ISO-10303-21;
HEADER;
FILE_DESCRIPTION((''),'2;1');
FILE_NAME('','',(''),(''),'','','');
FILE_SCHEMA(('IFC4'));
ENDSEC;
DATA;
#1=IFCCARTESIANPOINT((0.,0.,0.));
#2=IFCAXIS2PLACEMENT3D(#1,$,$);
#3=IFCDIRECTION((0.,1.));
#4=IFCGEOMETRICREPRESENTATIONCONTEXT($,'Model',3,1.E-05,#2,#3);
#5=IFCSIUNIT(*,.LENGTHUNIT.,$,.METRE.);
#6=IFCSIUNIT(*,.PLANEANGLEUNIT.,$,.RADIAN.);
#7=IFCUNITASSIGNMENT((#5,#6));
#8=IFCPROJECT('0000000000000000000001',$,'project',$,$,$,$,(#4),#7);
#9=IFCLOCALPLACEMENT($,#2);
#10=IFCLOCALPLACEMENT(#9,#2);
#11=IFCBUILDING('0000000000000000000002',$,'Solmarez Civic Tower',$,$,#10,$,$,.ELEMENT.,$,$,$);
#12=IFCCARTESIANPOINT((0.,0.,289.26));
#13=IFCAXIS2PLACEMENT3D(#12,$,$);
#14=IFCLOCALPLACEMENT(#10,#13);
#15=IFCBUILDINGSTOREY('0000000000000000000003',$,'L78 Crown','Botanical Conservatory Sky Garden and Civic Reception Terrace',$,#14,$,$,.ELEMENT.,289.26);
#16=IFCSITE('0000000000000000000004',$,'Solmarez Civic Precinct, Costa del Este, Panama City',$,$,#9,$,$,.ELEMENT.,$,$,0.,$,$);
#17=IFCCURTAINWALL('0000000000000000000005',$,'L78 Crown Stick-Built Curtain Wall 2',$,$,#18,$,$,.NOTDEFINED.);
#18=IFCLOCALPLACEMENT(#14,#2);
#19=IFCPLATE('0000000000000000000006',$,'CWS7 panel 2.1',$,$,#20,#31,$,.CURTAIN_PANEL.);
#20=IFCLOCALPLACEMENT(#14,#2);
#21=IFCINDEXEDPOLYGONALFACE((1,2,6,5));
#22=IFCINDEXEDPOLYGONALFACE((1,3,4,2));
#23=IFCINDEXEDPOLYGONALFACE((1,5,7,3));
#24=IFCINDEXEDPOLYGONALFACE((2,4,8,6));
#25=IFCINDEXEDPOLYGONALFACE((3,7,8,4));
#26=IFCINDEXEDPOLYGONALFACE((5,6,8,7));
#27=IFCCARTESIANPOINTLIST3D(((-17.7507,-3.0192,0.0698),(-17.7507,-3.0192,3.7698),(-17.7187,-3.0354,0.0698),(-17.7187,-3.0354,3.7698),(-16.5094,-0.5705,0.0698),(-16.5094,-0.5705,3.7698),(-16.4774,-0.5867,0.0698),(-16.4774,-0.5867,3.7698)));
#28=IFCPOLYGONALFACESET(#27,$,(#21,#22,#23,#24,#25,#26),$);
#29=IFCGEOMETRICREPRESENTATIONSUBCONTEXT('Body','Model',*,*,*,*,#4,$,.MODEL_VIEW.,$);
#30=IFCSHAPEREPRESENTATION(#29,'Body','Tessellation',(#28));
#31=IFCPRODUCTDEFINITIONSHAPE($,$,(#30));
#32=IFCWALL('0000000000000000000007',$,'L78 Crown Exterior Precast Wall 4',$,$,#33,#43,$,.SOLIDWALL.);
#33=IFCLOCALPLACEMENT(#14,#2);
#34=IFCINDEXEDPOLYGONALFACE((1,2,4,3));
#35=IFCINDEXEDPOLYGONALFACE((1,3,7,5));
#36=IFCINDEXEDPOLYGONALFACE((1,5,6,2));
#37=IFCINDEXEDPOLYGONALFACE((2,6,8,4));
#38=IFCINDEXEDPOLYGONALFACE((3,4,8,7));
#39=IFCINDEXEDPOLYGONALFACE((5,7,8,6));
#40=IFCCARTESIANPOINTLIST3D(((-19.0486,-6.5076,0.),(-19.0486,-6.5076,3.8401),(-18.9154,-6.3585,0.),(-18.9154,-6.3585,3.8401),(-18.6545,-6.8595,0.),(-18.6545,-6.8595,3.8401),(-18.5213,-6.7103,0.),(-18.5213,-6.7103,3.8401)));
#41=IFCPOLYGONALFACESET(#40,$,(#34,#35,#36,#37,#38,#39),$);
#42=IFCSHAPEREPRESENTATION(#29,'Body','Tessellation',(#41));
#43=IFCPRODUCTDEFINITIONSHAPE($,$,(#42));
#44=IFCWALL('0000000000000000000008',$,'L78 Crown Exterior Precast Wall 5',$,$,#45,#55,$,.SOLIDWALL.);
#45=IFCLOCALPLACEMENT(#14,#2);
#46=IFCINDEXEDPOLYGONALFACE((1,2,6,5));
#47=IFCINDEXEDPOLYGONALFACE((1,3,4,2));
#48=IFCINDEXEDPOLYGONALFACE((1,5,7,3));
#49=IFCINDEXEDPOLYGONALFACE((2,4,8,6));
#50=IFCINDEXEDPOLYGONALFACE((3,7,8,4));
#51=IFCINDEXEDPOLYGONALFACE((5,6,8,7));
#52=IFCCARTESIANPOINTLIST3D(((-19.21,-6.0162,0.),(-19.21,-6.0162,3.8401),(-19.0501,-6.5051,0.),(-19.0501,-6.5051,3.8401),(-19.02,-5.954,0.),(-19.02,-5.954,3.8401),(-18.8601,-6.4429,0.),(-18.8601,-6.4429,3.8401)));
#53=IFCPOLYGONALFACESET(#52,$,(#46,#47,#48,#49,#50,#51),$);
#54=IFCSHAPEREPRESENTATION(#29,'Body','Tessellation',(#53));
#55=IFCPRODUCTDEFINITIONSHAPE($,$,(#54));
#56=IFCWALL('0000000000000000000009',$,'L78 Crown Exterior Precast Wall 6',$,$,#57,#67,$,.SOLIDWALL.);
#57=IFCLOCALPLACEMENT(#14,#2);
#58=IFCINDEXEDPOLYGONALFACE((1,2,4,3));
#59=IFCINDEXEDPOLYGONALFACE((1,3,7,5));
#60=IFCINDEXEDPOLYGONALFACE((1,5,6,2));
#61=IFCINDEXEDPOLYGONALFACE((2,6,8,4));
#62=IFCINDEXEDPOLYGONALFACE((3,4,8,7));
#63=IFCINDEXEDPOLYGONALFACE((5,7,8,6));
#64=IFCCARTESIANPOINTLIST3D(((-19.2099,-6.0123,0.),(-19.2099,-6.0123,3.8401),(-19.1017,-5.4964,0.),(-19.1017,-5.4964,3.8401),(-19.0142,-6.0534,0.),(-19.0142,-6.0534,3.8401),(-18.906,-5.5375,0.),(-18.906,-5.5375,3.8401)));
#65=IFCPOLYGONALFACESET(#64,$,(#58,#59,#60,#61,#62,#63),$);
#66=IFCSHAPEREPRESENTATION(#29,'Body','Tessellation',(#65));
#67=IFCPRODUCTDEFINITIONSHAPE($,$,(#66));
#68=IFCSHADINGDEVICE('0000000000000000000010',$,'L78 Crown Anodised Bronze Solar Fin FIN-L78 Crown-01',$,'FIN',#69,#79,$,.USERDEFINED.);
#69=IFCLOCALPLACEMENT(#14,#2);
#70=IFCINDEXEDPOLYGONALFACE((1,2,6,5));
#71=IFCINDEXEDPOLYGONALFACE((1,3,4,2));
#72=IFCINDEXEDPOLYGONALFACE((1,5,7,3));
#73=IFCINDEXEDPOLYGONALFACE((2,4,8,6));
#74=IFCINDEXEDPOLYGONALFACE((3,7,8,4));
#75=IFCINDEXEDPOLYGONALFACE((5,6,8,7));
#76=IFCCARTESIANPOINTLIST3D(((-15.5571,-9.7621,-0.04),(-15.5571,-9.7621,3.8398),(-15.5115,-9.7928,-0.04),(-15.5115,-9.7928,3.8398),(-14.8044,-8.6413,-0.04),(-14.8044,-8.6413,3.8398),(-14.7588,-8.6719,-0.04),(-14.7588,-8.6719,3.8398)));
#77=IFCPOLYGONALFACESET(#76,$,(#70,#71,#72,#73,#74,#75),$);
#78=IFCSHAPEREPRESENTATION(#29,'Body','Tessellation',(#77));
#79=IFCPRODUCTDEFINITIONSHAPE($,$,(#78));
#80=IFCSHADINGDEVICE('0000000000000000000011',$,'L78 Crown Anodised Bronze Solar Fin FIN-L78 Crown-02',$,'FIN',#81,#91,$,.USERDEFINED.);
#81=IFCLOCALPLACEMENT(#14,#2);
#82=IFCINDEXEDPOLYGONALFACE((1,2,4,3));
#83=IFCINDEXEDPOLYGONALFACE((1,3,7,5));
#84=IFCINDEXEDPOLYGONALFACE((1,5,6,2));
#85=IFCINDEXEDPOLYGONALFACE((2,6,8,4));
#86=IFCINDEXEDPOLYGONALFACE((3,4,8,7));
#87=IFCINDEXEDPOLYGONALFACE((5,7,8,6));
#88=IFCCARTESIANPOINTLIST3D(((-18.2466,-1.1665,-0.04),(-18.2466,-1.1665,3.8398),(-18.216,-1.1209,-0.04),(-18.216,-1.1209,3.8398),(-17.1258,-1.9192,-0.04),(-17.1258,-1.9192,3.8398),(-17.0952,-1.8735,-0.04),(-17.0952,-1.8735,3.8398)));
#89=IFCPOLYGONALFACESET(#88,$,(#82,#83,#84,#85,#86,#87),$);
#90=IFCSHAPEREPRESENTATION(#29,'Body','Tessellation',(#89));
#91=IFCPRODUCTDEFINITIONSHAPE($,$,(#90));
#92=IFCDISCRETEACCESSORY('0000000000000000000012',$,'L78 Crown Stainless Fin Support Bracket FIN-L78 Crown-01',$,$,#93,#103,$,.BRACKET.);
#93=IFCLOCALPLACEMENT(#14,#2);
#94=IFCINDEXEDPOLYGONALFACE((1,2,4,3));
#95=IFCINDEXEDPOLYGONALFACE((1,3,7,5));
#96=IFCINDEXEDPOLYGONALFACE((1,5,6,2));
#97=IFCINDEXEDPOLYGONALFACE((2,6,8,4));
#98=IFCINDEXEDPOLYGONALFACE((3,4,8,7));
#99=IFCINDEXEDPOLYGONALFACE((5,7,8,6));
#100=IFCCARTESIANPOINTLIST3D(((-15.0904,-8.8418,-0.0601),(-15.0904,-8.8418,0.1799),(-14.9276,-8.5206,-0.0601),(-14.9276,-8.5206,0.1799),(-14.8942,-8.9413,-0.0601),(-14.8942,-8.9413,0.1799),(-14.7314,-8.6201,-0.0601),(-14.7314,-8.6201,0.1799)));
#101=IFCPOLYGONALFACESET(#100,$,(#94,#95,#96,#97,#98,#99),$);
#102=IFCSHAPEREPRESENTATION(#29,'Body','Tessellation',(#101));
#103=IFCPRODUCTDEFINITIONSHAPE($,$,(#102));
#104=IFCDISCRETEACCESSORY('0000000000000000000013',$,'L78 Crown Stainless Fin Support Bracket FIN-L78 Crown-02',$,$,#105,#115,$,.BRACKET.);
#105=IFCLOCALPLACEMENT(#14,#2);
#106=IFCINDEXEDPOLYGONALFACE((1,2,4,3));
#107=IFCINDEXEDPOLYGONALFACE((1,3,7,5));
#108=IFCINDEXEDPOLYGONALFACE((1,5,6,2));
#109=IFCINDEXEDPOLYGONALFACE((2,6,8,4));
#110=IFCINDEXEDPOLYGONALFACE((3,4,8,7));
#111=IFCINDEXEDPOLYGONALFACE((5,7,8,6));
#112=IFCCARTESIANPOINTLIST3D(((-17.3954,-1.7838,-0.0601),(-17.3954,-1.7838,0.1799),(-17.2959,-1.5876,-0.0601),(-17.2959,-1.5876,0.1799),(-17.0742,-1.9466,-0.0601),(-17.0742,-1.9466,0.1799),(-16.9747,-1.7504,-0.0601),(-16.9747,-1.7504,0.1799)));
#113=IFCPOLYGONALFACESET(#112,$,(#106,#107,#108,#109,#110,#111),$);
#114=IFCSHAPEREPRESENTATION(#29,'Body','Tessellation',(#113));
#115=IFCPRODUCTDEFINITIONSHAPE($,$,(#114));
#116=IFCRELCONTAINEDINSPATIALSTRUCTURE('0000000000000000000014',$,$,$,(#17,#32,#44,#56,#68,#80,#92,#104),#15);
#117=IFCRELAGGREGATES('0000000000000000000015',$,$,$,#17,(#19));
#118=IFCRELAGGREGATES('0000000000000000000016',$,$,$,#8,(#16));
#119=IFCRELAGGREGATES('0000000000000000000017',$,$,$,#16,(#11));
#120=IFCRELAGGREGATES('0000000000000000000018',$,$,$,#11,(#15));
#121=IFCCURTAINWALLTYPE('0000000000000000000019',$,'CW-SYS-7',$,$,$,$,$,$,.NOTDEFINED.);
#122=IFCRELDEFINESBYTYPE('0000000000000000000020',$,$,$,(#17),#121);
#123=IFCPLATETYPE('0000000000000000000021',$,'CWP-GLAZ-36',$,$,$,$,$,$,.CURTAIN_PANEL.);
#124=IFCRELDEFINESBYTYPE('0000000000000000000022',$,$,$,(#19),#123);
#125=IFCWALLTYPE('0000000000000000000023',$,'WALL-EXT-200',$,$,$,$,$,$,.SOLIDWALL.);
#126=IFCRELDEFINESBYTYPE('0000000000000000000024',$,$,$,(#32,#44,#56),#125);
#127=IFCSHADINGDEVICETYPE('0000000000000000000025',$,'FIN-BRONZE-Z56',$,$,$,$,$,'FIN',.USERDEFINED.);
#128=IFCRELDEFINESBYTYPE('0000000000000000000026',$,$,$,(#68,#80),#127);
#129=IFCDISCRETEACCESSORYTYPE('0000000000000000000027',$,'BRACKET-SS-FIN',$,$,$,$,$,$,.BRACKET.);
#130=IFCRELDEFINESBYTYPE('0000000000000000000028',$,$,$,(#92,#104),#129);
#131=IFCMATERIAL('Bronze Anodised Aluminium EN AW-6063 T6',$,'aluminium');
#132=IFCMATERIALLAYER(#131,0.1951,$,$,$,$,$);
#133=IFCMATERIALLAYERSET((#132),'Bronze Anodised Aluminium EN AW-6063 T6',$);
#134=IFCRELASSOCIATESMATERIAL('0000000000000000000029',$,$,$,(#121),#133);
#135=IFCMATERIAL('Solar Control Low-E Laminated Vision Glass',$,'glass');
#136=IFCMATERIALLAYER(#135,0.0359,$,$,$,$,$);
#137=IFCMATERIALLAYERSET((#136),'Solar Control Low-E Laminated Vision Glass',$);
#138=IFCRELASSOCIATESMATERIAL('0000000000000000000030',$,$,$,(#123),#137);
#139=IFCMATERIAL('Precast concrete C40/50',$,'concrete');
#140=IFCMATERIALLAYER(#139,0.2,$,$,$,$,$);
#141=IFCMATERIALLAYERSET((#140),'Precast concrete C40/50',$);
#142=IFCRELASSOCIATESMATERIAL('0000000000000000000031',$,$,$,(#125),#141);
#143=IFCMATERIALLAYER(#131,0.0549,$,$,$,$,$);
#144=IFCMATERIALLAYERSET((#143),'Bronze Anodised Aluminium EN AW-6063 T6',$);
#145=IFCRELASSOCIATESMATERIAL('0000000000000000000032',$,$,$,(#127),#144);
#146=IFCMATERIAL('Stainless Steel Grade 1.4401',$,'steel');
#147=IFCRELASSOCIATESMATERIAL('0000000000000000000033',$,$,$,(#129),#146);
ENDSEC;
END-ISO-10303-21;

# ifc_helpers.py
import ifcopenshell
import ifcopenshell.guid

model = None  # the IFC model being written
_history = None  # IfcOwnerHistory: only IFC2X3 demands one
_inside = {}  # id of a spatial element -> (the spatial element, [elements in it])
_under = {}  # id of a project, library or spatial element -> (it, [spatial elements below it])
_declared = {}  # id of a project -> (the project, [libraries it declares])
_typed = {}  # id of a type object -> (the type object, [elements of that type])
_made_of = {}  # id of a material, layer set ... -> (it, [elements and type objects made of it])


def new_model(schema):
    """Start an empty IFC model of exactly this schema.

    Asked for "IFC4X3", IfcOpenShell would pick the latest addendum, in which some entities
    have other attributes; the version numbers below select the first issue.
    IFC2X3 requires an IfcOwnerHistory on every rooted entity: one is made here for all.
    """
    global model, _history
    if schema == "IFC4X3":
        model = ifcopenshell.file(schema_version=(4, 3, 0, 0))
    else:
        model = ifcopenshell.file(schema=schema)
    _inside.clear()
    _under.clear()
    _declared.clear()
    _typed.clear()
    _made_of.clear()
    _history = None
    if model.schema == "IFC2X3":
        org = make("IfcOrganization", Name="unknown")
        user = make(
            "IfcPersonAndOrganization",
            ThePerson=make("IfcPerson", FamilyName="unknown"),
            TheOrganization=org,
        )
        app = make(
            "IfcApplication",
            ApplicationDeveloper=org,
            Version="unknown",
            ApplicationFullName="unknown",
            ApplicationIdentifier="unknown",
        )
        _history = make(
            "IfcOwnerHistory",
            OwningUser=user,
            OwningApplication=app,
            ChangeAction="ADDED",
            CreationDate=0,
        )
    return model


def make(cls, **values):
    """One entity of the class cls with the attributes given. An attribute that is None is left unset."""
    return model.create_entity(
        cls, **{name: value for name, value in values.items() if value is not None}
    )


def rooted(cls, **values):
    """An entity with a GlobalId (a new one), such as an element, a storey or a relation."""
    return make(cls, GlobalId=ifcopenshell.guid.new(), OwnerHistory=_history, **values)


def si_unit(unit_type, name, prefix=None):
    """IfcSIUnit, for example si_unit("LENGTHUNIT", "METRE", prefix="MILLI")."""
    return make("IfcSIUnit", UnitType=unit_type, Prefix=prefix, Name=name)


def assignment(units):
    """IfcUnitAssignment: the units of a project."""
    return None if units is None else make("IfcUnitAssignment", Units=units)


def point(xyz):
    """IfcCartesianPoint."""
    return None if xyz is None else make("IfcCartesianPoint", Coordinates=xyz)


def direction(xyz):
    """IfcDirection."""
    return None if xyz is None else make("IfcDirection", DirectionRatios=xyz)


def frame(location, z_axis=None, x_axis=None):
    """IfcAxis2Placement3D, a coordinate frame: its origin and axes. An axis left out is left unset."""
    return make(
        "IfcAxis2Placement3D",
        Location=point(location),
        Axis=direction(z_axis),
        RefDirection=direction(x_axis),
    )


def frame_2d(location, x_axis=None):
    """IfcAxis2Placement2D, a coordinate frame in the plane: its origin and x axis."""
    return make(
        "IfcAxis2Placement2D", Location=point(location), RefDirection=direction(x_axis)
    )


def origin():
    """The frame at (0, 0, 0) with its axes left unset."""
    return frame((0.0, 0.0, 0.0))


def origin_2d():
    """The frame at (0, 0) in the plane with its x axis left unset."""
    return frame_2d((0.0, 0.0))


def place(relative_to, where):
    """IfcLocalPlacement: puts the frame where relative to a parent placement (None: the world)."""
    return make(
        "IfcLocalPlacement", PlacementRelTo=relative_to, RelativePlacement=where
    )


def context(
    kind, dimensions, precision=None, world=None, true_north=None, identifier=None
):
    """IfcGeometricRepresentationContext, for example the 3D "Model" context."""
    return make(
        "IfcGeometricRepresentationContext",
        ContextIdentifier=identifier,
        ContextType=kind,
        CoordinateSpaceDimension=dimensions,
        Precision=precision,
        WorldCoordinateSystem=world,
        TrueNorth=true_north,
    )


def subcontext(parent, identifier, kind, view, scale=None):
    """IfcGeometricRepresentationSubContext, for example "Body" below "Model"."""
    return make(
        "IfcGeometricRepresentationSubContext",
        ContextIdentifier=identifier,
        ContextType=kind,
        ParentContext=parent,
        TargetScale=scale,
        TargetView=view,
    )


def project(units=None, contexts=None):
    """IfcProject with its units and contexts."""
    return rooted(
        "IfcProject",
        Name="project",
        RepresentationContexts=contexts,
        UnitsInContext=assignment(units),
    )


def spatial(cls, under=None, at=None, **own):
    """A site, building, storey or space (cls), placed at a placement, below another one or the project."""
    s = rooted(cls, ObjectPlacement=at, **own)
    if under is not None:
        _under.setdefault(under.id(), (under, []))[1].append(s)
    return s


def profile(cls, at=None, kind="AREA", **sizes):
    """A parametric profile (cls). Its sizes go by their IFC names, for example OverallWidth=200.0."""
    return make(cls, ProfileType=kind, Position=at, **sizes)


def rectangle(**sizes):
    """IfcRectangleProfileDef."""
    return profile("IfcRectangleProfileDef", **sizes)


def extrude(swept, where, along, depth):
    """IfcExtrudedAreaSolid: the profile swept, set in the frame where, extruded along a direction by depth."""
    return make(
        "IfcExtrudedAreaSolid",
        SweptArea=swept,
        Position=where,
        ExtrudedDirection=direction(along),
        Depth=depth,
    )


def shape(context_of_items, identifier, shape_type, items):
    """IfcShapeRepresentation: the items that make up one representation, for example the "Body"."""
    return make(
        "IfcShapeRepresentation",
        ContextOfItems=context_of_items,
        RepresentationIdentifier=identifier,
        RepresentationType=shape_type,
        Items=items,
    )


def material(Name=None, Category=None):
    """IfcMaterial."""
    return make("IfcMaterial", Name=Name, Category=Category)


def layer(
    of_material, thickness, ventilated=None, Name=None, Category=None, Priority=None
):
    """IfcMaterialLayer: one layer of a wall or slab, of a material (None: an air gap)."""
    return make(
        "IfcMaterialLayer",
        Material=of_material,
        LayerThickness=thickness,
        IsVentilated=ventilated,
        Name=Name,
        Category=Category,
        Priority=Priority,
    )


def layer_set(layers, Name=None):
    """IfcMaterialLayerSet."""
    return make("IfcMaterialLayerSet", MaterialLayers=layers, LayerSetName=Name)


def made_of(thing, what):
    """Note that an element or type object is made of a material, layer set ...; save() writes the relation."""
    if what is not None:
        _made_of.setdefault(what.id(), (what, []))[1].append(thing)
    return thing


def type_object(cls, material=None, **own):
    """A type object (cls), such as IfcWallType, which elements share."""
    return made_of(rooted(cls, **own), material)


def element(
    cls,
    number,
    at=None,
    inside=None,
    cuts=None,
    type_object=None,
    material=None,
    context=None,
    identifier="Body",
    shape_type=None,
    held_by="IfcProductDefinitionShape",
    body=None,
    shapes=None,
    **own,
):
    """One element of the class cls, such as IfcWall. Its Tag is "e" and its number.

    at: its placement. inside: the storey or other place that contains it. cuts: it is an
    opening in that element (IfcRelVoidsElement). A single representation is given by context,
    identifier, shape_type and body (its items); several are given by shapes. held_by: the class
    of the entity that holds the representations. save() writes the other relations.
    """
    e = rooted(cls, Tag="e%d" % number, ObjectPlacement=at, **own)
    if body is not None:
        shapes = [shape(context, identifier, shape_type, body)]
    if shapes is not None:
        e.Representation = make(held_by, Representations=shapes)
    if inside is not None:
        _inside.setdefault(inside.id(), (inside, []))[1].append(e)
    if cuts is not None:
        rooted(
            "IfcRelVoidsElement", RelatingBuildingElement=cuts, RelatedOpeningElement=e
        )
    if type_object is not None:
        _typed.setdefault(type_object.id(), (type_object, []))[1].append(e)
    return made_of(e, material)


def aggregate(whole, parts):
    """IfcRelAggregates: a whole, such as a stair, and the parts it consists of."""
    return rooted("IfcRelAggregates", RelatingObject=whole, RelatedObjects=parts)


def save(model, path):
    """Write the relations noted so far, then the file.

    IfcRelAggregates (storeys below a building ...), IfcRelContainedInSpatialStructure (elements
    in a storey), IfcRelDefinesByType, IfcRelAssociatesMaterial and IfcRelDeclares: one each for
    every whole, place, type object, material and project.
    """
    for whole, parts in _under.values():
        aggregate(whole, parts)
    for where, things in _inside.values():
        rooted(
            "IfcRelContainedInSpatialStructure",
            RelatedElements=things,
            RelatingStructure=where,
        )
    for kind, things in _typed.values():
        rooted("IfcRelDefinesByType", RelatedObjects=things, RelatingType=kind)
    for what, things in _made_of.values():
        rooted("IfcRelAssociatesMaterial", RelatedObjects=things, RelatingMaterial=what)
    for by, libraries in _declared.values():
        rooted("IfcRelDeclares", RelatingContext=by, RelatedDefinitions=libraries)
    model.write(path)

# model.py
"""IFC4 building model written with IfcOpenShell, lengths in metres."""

from ifc_helpers import new_model, si_unit, direction, frame, frame_2d, origin, origin_2d, place, context, subcontext, project, spatial, rectangle, extrude, material, layer, layer_set, type_object, element, aggregate, save


model = new_model("IFC4")

# Units and contexts
model_context = context("Model", 3, precision=1e-05, world=origin(), true_north=direction((0.0, 1.0)))
body_context = subcontext(model_context, "Body", "Model", "MODEL_VIEW")
ifc_project = project(units=[si_unit("LENGTHUNIT", "METRE"), si_unit("PLANEANGLEUNIT", "RADIAN")], contexts=[model_context])

# Site, building, storey
site_placement = place(None, origin())
site = spatial("IfcSite", under=ifc_project, at=site_placement, Name="Solmarez Civic Precinct, Costa del Este, Panama City", CompositionType="ELEMENT", RefElevation=0.0)
building_placement = place(site_placement, origin())
building = spatial("IfcBuilding", under=site, at=building_placement, Name="Solmarez Civic Tower", CompositionType="ELEMENT")
storey_placement = place(building_placement, frame((0.0, 0.0, 289.26)))
storey = spatial("IfcBuildingStorey", under=building, at=storey_placement, Name="L78 Crown", Description="Botanical Conservatory Sky Garden and Civic Reception Terrace", CompositionType="ELEMENT", Elevation=289.26)

# Curtain wall
ifc_material_1 = material(Name="Bronze Anodised Aluminium EN AW-6063 T6", Category="aluminium")
ifc_layer_1 = layer(ifc_material_1, 0.1951)
ifc_layer_set_1 = layer_set([ifc_layer_1], Name="Bronze Anodised Aluminium EN AW-6063 T6")
curtain_wall_type = type_object("IfcCurtainWallType", Name="CW-SYS-7", PredefinedType="NOTDEFINED", material=ifc_layer_set_1)
curtain_wall_1_placement = place(storey_placement, origin())
curtain_wall_1 = element("IfcCurtainWall", 1, at=curtain_wall_1_placement, inside=storey, type_object=curtain_wall_type, Name="L78 Crown Stick-Built Curtain Wall 2", PredefinedType="NOTDEFINED")

# Plate
ifc_material_2 = material(Name="Solar Control Low-E Laminated Vision Glass", Category="glass")
ifc_layer_2 = layer(ifc_material_2, 0.0359)
ifc_layer_set_2 = layer_set([ifc_layer_2], Name="Solar Control Low-E Laminated Vision Glass")
plate_type = type_object("IfcPlateType", Name="CWP-GLAZ-36", PredefinedType="CURTAIN_PANEL", material=ifc_layer_set_2)
plate_1_placement = place(storey_placement, frame((-17.114, -1.803, 0.0698), z_axis=(0.0, 0.0, 1.0), x_axis=(0.452141, 0.891946, 0.0)))
plate_1 = element("IfcPlate", 2, at=plate_1_placement, type_object=plate_type, Name="CWS7 panel 2.1", PredefinedType="CURTAIN_PANEL", context=body_context, shape_type="SweptSolid", body=[
    extrude(rectangle(XDim=2.7454, YDim=0.0359, at=origin_2d()), origin(), (0.0, 0.0, 1.0), 3.7),
])
aggregate(curtain_wall_1, [plate_1])

# Walls
ifc_material_3 = material(Name="Precast concrete C40/50", Category="concrete")
ifc_layer_3 = layer(ifc_material_3, 0.2)
ifc_layer_set_3 = layer_set([ifc_layer_3], Name="Precast concrete C40/50")
wall_type = type_object("IfcWallType", Name="WALL-EXT-200", PredefinedType="SOLIDWALL", material=ifc_layer_set_3)
wall_1_placement = place(storey_placement, frame((-18.5879, -6.7849, 0.0), z_axis=(0.0, 0.0, 1.0), x_axis=(-0.745954, 0.665997, 0.0)))
element("IfcWall", 3, at=wall_1_placement, inside=storey, type_object=wall_type, Name="L78 Crown Exterior Precast Wall 4", PredefinedType="SOLIDWALL", context=body_context, shape_type="SweptSolid", body=[
    extrude(rectangle(XDim=0.5283, YDim=0.2, at=frame_2d((0.2642, 0.0))), origin(), (0.0, 0.0, 1.0), 3.8401),
])
wall_2_placement = place(storey_placement, frame((-18.9551, -6.4741, 0.0), z_axis=(0.0, 0.0, 1.0), x_axis=(-0.310813, 0.950471, 0.0)))
element("IfcWall", 4, at=wall_2_placement, inside=storey, type_object=wall_type, Name="L78 Crown Exterior Precast Wall 5", PredefinedType="SOLIDWALL", context=body_context, shape_type="SweptSolid", body=[
    extrude(rectangle(XDim=0.5144, YDim=0.2, at=frame_2d((0.2573, 0.0))), origin(), (0.0, 0.0, 1.0), 3.8401),
])
wall_3_placement = place(storey_placement, frame((-19.1121, -6.033, 0.0), z_axis=(0.0, 0.0, 1.0), x_axis=(0.205193, 0.978721, 0.0)))
element("IfcWall", 5, at=wall_3_placement, inside=storey, type_object=wall_type, Name="L78 Crown Exterior Precast Wall 6", PredefinedType="SOLIDWALL", context=body_context, shape_type="SweptSolid", body=[
    extrude(rectangle(XDim=0.5271, YDim=0.2, at=frame_2d((0.2637, 0.0))), origin(), (0.0, 0.0, 1.0), 3.8401),
])

# Shading devices
ifc_layer_4 = layer(ifc_material_1, 0.0549)
ifc_layer_set_4 = layer_set([ifc_layer_4], Name="Bronze Anodised Aluminium EN AW-6063 T6")
shading_device_type = type_object("IfcShadingDeviceType", Name="FIN-BRONZE-Z56", ElementType="FIN", PredefinedType="USERDEFINED", material=ifc_layer_set_4)
for number, where, z_axis, x_axis, name in (
    (6, (-15.158, -9.217, -0.04), (0.0, 0.0, 1.0), (-0.557499, -0.830178, 0.0), "L78 Crown Anodised Bronze Solar Fin FIN-L78 Crown-01"),
    (7, (-17.6709, -1.52, -0.04), (0.0, 0.0, 1.0), (-0.830187, 0.557484, 0.0), "L78 Crown Anodised Bronze Solar Fin FIN-L78 Crown-02"),
):
    element("IfcShadingDevice", number, at=place(storey_placement, frame(where, z_axis=z_axis, x_axis=x_axis)), inside=storey, type_object=shading_device_type, Name=name, ObjectType="FIN", PredefinedType="USERDEFINED", context=body_context, shape_type="SweptSolid", body=[
        extrude(rectangle(XDim=1.3501, YDim=0.0549, at=origin_2d()), origin(), (0.0, 0.0, 1.0), 3.8799),
    ])

# Discrete accessories
ifc_material_4 = material(Name="Stainless Steel Grade 1.4401", Category="steel")
discrete_accessory_type = type_object("IfcDiscreteAccessoryType", Name="BRACKET-SS-FIN", PredefinedType="BRACKET", material=ifc_material_4)
for number, where, z_axis, x_axis, name in (
    (8, (-14.9109, -8.731, -0.0601), (0.0, 0.0, 1.0), (-0.452163, -0.891936, 0.0), "L78 Crown Stainless Fin Support Bracket FIN-L78 Crown-01"),
    (9, (-17.1851, -1.7671, -0.0601), (0.0, 0.0, 1.0), (-0.89194, 0.452155, 0.0), "L78 Crown Stainless Fin Support Bracket FIN-L78 Crown-02"),
):
    element("IfcDiscreteAccessory", number, at=place(storey_placement, frame(where, z_axis=z_axis, x_axis=x_axis)), inside=storey, type_object=discrete_accessory_type, Name=name, PredefinedType="BRACKET", context=body_context, shape_type="SweptSolid", body=[
        extrude(rectangle(XDim=0.3601, YDim=0.22, at=origin_2d()), origin(), (0.0, 0.0, 1.0), 0.24),
    ])

save(model, "model.ifc")
